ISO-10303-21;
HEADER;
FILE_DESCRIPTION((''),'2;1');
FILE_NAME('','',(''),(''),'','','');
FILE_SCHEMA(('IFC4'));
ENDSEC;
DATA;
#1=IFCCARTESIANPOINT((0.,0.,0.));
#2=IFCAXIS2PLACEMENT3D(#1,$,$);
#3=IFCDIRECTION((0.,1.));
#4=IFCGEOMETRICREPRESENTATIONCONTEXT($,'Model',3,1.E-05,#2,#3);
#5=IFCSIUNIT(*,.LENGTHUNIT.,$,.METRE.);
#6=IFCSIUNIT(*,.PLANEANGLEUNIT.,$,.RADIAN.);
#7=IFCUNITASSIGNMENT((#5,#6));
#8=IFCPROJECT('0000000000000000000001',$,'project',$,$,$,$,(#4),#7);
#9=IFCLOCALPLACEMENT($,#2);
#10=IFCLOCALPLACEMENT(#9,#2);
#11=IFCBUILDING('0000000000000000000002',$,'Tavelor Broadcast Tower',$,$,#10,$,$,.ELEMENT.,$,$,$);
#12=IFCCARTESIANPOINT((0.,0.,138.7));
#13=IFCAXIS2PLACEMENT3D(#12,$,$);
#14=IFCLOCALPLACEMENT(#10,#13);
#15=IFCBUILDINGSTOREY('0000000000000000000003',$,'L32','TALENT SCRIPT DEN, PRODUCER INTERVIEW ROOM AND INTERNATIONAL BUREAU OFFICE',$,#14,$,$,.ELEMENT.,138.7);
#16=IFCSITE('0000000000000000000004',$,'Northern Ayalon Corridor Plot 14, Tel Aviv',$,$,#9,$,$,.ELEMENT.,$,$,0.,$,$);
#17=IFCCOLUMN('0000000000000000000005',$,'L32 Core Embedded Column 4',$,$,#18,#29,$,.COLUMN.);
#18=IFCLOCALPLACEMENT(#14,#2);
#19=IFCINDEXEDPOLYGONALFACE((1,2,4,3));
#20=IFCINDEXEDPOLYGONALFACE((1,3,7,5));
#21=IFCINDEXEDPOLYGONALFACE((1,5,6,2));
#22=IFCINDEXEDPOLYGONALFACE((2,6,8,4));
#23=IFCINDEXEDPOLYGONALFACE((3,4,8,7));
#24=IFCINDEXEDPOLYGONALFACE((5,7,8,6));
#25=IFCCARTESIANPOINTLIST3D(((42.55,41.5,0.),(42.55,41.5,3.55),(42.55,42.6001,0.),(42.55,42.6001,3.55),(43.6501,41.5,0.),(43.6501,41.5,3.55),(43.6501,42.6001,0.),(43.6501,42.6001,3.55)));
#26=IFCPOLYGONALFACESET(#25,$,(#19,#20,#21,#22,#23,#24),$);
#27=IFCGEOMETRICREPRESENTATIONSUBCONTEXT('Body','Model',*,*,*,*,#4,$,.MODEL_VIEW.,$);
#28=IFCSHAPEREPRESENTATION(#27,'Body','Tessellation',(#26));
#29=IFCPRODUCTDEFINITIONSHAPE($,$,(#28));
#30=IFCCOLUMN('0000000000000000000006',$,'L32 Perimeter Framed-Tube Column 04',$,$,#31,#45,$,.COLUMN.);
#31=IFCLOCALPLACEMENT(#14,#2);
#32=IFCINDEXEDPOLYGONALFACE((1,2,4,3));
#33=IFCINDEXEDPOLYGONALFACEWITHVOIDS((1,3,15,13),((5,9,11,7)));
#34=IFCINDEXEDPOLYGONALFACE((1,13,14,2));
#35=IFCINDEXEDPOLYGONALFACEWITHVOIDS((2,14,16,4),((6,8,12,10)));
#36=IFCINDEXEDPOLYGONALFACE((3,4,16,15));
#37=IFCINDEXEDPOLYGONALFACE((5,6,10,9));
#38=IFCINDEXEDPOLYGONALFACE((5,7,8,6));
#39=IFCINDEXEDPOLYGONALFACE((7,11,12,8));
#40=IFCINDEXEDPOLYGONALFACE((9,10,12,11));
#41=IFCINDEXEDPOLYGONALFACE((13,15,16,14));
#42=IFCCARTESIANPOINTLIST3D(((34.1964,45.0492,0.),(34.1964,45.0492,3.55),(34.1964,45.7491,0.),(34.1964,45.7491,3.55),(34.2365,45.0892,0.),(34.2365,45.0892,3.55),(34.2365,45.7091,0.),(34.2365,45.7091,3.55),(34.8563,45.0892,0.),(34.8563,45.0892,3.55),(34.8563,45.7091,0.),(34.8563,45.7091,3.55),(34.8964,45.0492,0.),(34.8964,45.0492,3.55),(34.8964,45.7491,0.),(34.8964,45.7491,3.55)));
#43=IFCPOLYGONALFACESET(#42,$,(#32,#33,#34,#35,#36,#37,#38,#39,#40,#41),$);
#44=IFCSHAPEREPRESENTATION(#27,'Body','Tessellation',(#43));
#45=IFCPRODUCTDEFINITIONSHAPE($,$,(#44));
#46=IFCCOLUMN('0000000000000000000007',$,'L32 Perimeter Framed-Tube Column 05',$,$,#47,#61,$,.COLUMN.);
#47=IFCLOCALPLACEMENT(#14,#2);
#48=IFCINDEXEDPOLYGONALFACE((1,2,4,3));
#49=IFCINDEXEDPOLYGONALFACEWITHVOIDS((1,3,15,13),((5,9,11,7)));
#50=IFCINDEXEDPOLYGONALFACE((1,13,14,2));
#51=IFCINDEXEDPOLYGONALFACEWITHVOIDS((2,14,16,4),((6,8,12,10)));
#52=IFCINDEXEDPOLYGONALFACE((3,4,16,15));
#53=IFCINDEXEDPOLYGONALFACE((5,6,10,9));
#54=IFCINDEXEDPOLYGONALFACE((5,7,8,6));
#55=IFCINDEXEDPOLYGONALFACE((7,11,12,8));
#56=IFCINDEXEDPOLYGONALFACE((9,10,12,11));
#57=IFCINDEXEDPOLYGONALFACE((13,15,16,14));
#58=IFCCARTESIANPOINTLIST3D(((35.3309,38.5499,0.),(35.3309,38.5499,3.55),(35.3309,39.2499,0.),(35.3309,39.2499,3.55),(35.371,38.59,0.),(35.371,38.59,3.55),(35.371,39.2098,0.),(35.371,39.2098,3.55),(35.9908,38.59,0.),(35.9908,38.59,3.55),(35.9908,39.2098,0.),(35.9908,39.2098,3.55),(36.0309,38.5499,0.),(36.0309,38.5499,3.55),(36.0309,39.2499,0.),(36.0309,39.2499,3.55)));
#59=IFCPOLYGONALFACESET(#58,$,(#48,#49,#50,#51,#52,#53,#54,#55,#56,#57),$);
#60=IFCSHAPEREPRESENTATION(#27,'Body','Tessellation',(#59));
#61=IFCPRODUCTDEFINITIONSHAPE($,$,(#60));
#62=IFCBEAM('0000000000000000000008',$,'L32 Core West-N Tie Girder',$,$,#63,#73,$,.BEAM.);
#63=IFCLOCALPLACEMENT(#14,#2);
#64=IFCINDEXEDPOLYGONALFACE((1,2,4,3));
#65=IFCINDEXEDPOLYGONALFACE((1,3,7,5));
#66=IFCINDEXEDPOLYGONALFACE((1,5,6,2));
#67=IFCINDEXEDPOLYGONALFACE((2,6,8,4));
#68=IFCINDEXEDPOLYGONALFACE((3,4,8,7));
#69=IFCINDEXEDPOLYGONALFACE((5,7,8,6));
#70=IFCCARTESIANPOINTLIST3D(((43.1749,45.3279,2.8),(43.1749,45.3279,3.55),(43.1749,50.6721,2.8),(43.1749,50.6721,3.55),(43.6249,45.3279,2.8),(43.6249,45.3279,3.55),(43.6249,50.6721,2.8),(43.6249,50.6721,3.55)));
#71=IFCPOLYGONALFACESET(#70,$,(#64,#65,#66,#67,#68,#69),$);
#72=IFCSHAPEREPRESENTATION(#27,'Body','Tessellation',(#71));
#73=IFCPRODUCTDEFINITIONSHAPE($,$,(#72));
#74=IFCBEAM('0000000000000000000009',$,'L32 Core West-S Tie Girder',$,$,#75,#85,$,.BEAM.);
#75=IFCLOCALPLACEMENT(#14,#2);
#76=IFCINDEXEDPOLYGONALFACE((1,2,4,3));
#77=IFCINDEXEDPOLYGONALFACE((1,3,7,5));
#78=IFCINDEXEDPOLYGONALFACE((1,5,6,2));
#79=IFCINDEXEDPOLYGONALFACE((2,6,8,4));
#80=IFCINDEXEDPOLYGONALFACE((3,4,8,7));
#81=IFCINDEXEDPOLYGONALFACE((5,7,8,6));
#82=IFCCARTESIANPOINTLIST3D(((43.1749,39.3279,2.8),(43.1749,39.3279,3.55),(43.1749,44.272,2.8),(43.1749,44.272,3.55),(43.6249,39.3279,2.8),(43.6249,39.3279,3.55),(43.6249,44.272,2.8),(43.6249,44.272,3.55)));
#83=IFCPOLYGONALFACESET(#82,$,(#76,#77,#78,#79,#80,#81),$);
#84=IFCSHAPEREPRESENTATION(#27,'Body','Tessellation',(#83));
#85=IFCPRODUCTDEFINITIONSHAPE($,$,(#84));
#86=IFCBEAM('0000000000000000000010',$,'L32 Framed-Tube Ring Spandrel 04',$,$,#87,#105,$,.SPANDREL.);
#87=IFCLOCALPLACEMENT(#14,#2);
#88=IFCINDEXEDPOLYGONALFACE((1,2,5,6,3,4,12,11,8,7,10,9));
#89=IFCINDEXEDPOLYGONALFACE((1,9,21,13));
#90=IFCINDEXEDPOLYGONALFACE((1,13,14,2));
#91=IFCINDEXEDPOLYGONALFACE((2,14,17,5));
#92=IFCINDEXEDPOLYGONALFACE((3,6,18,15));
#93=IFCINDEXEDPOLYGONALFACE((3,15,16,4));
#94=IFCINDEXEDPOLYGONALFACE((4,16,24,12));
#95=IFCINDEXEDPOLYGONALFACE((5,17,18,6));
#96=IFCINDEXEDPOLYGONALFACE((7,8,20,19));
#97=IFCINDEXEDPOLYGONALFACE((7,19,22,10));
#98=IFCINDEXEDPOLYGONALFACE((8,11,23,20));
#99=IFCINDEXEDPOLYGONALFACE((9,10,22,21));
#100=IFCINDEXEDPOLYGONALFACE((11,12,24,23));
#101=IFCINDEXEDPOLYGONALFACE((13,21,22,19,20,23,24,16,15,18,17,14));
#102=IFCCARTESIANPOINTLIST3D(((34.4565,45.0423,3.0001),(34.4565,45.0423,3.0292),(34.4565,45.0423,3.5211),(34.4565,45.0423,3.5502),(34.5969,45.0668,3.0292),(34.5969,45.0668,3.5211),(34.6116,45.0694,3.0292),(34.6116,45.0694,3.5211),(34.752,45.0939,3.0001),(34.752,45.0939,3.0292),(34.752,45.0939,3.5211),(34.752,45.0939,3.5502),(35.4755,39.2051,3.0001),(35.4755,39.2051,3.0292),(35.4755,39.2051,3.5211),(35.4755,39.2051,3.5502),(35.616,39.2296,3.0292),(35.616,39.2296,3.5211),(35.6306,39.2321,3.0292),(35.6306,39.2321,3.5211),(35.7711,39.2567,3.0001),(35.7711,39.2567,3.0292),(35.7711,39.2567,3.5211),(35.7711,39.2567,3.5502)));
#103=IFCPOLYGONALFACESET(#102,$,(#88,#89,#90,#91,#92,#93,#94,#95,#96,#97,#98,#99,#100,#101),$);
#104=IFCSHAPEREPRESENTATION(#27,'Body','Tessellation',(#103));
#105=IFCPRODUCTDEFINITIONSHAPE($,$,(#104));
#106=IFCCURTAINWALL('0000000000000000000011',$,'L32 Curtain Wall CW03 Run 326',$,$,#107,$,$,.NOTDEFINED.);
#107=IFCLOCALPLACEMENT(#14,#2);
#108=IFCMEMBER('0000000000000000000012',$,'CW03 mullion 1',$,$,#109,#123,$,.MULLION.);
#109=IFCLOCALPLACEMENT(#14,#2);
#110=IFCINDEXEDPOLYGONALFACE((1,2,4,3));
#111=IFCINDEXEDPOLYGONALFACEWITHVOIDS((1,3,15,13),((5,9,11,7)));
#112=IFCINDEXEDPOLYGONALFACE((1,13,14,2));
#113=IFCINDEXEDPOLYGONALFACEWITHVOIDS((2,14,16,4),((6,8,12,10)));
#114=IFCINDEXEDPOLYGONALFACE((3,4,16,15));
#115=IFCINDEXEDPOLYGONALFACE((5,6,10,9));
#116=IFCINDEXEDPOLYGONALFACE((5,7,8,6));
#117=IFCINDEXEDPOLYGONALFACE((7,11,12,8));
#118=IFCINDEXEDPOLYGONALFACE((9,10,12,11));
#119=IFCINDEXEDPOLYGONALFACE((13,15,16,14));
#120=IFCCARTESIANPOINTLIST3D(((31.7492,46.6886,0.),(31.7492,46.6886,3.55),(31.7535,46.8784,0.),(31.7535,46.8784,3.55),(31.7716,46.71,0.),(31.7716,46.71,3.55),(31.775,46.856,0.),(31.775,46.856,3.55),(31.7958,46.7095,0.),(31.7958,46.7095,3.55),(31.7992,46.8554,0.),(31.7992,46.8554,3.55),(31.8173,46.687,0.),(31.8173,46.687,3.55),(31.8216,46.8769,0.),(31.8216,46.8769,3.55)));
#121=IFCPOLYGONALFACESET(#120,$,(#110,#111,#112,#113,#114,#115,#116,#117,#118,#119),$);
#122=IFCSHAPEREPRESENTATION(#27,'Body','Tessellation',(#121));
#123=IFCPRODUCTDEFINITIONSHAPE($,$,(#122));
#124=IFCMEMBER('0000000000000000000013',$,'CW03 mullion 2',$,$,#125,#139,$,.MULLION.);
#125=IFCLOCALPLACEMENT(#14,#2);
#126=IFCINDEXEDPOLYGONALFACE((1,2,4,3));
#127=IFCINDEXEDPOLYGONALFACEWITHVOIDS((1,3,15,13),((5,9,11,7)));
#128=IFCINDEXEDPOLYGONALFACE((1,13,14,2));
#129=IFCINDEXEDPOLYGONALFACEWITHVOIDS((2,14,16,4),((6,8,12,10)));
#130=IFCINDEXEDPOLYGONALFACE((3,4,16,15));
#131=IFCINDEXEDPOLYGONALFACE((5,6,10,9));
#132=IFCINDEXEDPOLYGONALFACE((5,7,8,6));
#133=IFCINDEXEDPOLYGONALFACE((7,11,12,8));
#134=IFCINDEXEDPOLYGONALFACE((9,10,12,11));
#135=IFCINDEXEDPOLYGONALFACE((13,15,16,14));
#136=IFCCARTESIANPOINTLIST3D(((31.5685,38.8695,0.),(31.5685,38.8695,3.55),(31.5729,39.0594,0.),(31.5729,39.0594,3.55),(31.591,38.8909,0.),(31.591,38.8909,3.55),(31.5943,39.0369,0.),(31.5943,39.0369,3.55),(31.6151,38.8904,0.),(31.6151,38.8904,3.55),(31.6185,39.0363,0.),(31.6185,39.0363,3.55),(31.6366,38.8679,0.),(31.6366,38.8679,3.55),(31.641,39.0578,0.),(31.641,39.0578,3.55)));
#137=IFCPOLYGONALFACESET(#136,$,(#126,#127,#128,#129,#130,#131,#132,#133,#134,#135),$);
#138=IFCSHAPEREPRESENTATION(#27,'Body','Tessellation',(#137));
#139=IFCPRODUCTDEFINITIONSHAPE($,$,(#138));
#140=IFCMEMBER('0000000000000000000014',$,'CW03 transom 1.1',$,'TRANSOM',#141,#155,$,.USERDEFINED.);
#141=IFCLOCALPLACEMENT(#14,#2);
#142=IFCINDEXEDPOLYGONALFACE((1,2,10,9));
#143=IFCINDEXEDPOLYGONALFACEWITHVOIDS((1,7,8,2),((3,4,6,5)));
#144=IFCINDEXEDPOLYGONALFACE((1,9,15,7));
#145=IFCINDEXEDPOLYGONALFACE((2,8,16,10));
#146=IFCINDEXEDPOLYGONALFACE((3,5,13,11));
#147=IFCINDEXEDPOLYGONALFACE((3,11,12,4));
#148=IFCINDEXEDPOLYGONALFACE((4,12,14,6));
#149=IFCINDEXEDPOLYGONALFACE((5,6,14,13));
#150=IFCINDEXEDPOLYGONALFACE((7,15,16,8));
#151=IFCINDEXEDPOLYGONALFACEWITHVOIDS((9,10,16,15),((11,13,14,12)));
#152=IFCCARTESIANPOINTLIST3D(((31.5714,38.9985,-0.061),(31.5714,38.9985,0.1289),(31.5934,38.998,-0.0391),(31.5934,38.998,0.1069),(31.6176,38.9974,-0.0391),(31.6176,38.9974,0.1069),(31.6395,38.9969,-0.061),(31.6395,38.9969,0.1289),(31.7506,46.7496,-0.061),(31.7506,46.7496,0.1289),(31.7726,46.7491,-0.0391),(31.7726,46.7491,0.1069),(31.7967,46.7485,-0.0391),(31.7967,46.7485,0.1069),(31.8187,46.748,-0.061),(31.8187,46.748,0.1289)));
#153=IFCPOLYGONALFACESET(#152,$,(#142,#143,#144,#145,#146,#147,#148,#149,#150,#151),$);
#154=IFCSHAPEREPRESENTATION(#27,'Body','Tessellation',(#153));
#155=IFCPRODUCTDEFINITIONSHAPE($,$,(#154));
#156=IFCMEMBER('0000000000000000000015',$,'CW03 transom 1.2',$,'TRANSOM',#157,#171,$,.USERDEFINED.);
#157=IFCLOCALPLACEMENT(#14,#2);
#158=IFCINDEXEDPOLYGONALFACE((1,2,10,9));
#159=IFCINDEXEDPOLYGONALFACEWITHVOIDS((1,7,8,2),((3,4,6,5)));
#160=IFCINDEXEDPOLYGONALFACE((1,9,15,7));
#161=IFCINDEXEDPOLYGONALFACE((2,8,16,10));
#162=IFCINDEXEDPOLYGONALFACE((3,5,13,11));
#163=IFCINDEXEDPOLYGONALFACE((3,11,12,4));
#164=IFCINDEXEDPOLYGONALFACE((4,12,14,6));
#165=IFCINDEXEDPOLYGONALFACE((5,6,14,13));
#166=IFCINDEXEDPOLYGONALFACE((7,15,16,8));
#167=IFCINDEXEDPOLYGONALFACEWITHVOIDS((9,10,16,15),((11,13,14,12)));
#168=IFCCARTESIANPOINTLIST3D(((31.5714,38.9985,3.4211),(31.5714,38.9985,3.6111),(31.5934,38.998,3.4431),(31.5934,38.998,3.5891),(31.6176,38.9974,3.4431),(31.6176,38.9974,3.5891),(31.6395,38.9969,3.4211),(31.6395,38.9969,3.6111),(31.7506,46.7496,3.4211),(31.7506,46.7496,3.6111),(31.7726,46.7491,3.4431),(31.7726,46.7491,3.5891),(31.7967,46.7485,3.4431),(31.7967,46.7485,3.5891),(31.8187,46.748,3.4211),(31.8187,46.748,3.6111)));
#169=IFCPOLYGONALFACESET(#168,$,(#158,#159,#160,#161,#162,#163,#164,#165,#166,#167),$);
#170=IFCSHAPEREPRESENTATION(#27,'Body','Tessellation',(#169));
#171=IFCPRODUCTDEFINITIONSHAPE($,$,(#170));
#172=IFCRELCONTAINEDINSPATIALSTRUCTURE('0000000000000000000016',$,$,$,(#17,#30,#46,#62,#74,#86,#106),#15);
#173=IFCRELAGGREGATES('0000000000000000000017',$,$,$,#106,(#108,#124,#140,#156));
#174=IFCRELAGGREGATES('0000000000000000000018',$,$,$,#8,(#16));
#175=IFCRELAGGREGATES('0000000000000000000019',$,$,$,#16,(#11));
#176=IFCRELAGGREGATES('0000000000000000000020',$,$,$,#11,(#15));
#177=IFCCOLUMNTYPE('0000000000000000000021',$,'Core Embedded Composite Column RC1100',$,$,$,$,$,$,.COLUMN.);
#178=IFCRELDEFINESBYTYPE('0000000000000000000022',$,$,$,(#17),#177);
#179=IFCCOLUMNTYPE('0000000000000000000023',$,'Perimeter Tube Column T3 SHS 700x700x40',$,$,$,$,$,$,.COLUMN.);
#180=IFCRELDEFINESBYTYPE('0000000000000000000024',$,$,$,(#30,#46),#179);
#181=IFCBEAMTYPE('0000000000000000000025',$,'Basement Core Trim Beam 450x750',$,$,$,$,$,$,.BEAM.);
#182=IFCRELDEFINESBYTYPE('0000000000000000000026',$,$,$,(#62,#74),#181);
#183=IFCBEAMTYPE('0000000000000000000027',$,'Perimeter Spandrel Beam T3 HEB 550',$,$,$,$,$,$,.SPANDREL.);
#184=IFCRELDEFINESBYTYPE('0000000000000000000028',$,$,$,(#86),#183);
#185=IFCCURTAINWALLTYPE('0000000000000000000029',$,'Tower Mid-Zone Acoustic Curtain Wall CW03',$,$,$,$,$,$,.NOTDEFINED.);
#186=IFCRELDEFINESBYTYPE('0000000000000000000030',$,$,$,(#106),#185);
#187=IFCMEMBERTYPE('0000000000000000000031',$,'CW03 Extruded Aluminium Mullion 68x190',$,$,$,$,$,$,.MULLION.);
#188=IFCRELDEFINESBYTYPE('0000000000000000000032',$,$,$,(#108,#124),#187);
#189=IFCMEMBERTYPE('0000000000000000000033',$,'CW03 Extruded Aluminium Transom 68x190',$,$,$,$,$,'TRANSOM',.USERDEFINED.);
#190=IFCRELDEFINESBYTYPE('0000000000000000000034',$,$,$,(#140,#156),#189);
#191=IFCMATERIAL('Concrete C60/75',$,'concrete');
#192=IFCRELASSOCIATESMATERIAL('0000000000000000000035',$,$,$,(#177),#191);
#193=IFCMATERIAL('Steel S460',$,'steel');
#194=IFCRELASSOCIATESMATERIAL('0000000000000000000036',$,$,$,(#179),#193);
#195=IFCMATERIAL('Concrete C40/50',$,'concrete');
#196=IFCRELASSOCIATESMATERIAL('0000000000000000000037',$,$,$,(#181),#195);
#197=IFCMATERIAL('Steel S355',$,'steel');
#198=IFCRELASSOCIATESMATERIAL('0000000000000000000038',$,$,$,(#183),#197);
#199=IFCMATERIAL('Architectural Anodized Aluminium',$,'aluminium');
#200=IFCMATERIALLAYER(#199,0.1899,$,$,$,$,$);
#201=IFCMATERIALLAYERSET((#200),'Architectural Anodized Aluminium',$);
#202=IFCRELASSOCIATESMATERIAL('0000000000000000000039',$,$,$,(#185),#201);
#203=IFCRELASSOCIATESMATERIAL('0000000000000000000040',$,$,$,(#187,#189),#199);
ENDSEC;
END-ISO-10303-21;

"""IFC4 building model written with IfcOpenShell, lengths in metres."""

from ifc_helpers import new_model, si_unit, direction, frame, origin, origin_2d, place, context, subcontext, project, spatial, rectangle, hollow_rectangle, i_section, extrude, source, transform, mapped, material, layer, layer_set, material_profile, profile_set, type_object, type_shapes, element, aggregate, save


model = new_model("IFC4")

# Units and contexts
model_context = context("Model", 3, precision=1e-05, world=origin(), true_north=direction((0.0, 1.0)))
body_context = subcontext(model_context, "Body", "Model", "MODEL_VIEW")
ifc_project = project(units=[si_unit("LENGTHUNIT", "METRE"), si_unit("PLANEANGLEUNIT", "RADIAN")], contexts=[model_context])

# Site, building, storey
site_placement = place(None, origin())
site = spatial("IfcSite", under=ifc_project, at=site_placement, Name="Northern Ayalon Corridor Plot 14, Tel Aviv", CompositionType="ELEMENT", RefElevation=0.0)
building_placement = place(site_placement, origin())
building = spatial("IfcBuilding", under=site, at=building_placement, Name="Tavelor Broadcast Tower", CompositionType="ELEMENT")
storey_placement = place(building_placement, frame((0.0, 0.0, 138.7)))
storey = spatial("IfcBuildingStorey", under=building, at=storey_placement, Name="L32", Description="TALENT SCRIPT DEN, PRODUCER INTERVIEW ROOM AND INTERNATIONAL BUREAU OFFICE", CompositionType="ELEMENT", Elevation=138.7)

# Columns
ifc_material_1 = material(Name="Concrete C60/75", Category="concrete")
ifc_material_profile_1 = material_profile(ifc_material_1, rectangle(XDim=1.1001, YDim=1.1001, at=origin_2d()), Name="RC 1100x1100")
ifc_profile_set_1 = profile_set([ifc_material_profile_1], Name="Concrete C60/75")
column_type_1 = type_object("IfcColumnType", Name="Core Embedded Composite Column RC1100", PredefinedType="COLUMN", material=ifc_profile_set_1)
column_placement = place(storey_placement, frame((43.1001, 42.05, 0.0), z_axis=(0.0, 0.0, 1.0), x_axis=(1.0, 0.0, 0.0)))
element("IfcColumn", 1, at=column_placement, inside=storey, type_object=column_type_1, Name="L32 Core Embedded Column 4", PredefinedType="COLUMN", context=body_context, shape_type="SweptSolid", body=[
    extrude(rectangle(XDim=1.1001, YDim=1.1001, at=origin_2d()), origin(), (0.0, 0.0, 1.0), 3.55),
])
ifc_material_2 = material(Name="Steel S460", Category="steel")
ifc_material_profile_2 = material_profile(ifc_material_2, hollow_rectangle(XDim=0.7, YDim=0.7, WallThickness=0.04, at=origin_2d()), Name="SHS 700x700x40")
ifc_profile_set_2 = profile_set([ifc_material_profile_2], Name="Steel S460")
column_type_2 = type_object("IfcColumnType", Name="Perimeter Tube Column T3 SHS 700x700x40", PredefinedType="COLUMN", material=ifc_profile_set_2)
for number, where, z_axis, x_axis, name in (
    (2, (34.5464, 45.3992, 0.0), (0.0, 0.0, 1.0), (1.0, 0.0, 0.0), "L32 Perimeter Framed-Tube Column 04"),
    (3, (35.6809, 38.8999, 0.0), (0.0, 0.0, 1.0), (1.0, 0.0, 0.0), "L32 Perimeter Framed-Tube Column 05"),
):
    element("IfcColumn", number, at=place(storey_placement, frame(where, z_axis=z_axis, x_axis=x_axis)), inside=storey, type_object=column_type_2, Name=name, PredefinedType="COLUMN", context=body_context, shape_type="SweptSolid", body=[
        extrude(hollow_rectangle(XDim=0.7, YDim=0.7, WallThickness=0.04, at=origin_2d()), origin(), (0.0, 0.0, 1.0), 3.55),
    ])

# Beams
ifc_material_3 = material(Name="Concrete C40/50", Category="concrete")
ifc_material_profile_3 = material_profile(ifc_material_3, rectangle(XDim=0.45, YDim=0.75, at=origin_2d()), Name="RC 450x750")
ifc_profile_set_3 = profile_set([ifc_material_profile_3], Name="Concrete C40/50")
beam_type_1 = type_object("IfcBeamType", Name="Basement Core Trim Beam 450x750", PredefinedType="BEAM", material=ifc_profile_set_3)
beam_1_placement = place(storey_placement, frame((43.3999, 45.3279, 3.175), z_axis=(0.0, 1.0, 0.0), x_axis=(-1.0, 0.0, 0.0)))
element("IfcBeam", 4, at=beam_1_placement, inside=storey, type_object=beam_type_1, Name="L32 Core West-N Tie Girder", PredefinedType="BEAM", context=body_context, shape_type="SweptSolid", body=[
    extrude(rectangle(XDim=0.45, YDim=0.75, at=origin_2d()), origin(), (0.0, 0.0, 1.0), 5.3442),
])
beam_2_placement = place(storey_placement, frame((43.3999, 39.3279, 3.175), z_axis=(0.0, 1.0, 0.0), x_axis=(-1.0, 0.0, 0.0)))
element("IfcBeam", 5, at=beam_2_placement, inside=storey, type_object=beam_type_1, Name="L32 Core West-S Tie Girder", PredefinedType="BEAM", context=body_context, shape_type="SweptSolid", body=[
    extrude(rectangle(XDim=0.45, YDim=0.75, at=origin_2d()), origin(), (0.0, 0.0, 1.0), 4.9441),
])
ifc_material_4 = material(Name="Steel S355", Category="steel")
ifc_material_profile_4 = material_profile(ifc_material_4, i_section(OverallWidth=0.3, OverallDepth=0.55, WebThickness=0.0149, FlangeThickness=0.0291, at=origin_2d()), Name="HEB 550")
ifc_profile_set_4 = profile_set([ifc_material_profile_4], Name="Steel S355")
beam_type_2 = type_object("IfcBeamType", Name="Perimeter Spandrel Beam T3 HEB 550", PredefinedType="SPANDREL", material=ifc_profile_set_4)
beam_3_placement = place(storey_placement, frame((34.6042, 45.0681, 3.2751), z_axis=(0.171978, -0.985101, 0.0), x_axis=(0.985101, 0.171978, 0.0)))
element("IfcBeam", 6, at=beam_3_placement, inside=storey, type_object=beam_type_2, Name="L32 Framed-Tube Ring Spandrel 04", PredefinedType="SPANDREL", context=body_context, shape_type="SweptSolid", body=[
    extrude(i_section(OverallWidth=0.3, OverallDepth=0.55, WebThickness=0.0149, FlangeThickness=0.0291, at=origin_2d()), origin(), (0.0, 0.0, 1.0), 5.9255),
])

# Curtain wall, members
ifc_material_5 = material(Name="Architectural Anodized Aluminium", Category="aluminium")
ifc_layer_1 = layer(ifc_material_5, 0.1899)
ifc_layer_set_1 = layer_set([ifc_layer_1], Name="Architectural Anodized Aluminium")
curtain_wall_type = type_object("IfcCurtainWallType", Name="Tower Mid-Zone Acoustic Curtain Wall CW03", PredefinedType="NOTDEFINED", material=ifc_layer_set_1)
curtain_wall_placement = place(storey_placement, origin())
curtain_wall = element("IfcCurtainWall", 7, at=curtain_wall_placement, inside=storey, type_object=curtain_wall_type, Name="L32 Curtain Wall CW03 Run 326", PredefinedType="NOTDEFINED")
ifc_material_profile_5 = material_profile(ifc_material_5, hollow_rectangle(XDim=0.0681, YDim=0.1899, WallThickness=0.022, at=origin_2d()), Name="RHS 68x190x22")
ifc_profile_set_5 = profile_set([ifc_material_profile_5], Name="Architectural Anodized Aluminium")
member_type_1 = type_object("IfcMemberType", Name="CW03 Extruded Aluminium Mullion 68x190", PredefinedType="MULLION", material=ifc_profile_set_5)
shared_shape_1 = source(origin(), body_context, "Body", "SweptSolid", [
    extrude(hollow_rectangle(XDim=0.0681, YDim=0.1899, WallThickness=0.022, at=origin_2d()), origin(), (0.0, 0.0, 1.0), 3.55),
])
type_shapes(member_type_1, [shared_shape_1])
member_1_placement = place(storey_placement, frame((31.7854, 46.7827, 0.0), z_axis=(0.0, 0.0, 1.0), x_axis=(0.999733, -0.02312, 0.0)))
member_1 = element("IfcMember", 8, at=member_1_placement, type_object=member_type_1, Name="CW03 mullion 1", PredefinedType="MULLION", context=body_context, shape_type="MappedRepresentation", body=[
    mapped(shared_shape_1, transform((0.0, 0.0, 0.0), scale=1.0)),
])
member_2_placement = place(storey_placement, frame((31.6047, 38.9636, 0.0), z_axis=(0.0, 0.0, 1.0), x_axis=(0.999733, -0.02312, 0.0)))
member_2 = element("IfcMember", 9, at=member_2_placement, type_object=member_type_1, Name="CW03 mullion 2", PredefinedType="MULLION", context=body_context, shape_type="MappedRepresentation", body=[
    mapped(shared_shape_1, transform((0.0, 0.0, 0.0), scale=1.0)),
])
ifc_material_profile_6 = material_profile(ifc_material_5, hollow_rectangle(XDim=0.0681, YDim=0.1899, WallThickness=0.022, at=origin_2d()), Name="RHS 68x190x22")
ifc_profile_set_6 = profile_set([ifc_material_profile_6], Name="Architectural Anodized Aluminium")
member_type_2 = type_object("IfcMemberType", Name="CW03 Extruded Aluminium Transom 68x190", ElementType="TRANSOM", PredefinedType="USERDEFINED", material=ifc_profile_set_6)
shared_shape_2 = source(origin(), body_context, "Body", "SweptSolid", [
    extrude(hollow_rectangle(XDim=0.0681, YDim=0.1899, WallThickness=0.022, at=origin_2d()), origin(), (0.0, 0.0, 1.0), 7.7532),
])
type_shapes(member_type_2, [shared_shape_2])
member_3_placement = place(storey_placement, frame((31.7847, 46.7488, 0.0339), z_axis=(-0.023113, -0.999733, 0.0), x_axis=(0.999733, -0.023113, 0.0)))
member_3 = element("IfcMember", 10, at=member_3_placement, type_object=member_type_2, Name="CW03 transom 1.1", ObjectType="TRANSOM", PredefinedType="USERDEFINED", context=body_context, shape_type="MappedRepresentation", body=[
    mapped(shared_shape_2, transform((0.0, 0.0, 0.0), scale=1.0)),
])
member_4_placement = place(storey_placement, frame((31.7847, 46.7488, 3.5161), z_axis=(-0.023113, -0.999733, 0.0), x_axis=(0.999733, -0.023113, 0.0)))
member_4 = element("IfcMember", 11, at=member_4_placement, type_object=member_type_2, Name="CW03 transom 1.2", ObjectType="TRANSOM", PredefinedType="USERDEFINED", context=body_context, shape_type="MappedRepresentation", body=[
    mapped(shared_shape_2, transform((0.0, 0.0, 0.0), scale=1.0)),
])

aggregate(curtain_wall, [member_1, member_2, member_3, member_4])

save(model, "model.ifc")
